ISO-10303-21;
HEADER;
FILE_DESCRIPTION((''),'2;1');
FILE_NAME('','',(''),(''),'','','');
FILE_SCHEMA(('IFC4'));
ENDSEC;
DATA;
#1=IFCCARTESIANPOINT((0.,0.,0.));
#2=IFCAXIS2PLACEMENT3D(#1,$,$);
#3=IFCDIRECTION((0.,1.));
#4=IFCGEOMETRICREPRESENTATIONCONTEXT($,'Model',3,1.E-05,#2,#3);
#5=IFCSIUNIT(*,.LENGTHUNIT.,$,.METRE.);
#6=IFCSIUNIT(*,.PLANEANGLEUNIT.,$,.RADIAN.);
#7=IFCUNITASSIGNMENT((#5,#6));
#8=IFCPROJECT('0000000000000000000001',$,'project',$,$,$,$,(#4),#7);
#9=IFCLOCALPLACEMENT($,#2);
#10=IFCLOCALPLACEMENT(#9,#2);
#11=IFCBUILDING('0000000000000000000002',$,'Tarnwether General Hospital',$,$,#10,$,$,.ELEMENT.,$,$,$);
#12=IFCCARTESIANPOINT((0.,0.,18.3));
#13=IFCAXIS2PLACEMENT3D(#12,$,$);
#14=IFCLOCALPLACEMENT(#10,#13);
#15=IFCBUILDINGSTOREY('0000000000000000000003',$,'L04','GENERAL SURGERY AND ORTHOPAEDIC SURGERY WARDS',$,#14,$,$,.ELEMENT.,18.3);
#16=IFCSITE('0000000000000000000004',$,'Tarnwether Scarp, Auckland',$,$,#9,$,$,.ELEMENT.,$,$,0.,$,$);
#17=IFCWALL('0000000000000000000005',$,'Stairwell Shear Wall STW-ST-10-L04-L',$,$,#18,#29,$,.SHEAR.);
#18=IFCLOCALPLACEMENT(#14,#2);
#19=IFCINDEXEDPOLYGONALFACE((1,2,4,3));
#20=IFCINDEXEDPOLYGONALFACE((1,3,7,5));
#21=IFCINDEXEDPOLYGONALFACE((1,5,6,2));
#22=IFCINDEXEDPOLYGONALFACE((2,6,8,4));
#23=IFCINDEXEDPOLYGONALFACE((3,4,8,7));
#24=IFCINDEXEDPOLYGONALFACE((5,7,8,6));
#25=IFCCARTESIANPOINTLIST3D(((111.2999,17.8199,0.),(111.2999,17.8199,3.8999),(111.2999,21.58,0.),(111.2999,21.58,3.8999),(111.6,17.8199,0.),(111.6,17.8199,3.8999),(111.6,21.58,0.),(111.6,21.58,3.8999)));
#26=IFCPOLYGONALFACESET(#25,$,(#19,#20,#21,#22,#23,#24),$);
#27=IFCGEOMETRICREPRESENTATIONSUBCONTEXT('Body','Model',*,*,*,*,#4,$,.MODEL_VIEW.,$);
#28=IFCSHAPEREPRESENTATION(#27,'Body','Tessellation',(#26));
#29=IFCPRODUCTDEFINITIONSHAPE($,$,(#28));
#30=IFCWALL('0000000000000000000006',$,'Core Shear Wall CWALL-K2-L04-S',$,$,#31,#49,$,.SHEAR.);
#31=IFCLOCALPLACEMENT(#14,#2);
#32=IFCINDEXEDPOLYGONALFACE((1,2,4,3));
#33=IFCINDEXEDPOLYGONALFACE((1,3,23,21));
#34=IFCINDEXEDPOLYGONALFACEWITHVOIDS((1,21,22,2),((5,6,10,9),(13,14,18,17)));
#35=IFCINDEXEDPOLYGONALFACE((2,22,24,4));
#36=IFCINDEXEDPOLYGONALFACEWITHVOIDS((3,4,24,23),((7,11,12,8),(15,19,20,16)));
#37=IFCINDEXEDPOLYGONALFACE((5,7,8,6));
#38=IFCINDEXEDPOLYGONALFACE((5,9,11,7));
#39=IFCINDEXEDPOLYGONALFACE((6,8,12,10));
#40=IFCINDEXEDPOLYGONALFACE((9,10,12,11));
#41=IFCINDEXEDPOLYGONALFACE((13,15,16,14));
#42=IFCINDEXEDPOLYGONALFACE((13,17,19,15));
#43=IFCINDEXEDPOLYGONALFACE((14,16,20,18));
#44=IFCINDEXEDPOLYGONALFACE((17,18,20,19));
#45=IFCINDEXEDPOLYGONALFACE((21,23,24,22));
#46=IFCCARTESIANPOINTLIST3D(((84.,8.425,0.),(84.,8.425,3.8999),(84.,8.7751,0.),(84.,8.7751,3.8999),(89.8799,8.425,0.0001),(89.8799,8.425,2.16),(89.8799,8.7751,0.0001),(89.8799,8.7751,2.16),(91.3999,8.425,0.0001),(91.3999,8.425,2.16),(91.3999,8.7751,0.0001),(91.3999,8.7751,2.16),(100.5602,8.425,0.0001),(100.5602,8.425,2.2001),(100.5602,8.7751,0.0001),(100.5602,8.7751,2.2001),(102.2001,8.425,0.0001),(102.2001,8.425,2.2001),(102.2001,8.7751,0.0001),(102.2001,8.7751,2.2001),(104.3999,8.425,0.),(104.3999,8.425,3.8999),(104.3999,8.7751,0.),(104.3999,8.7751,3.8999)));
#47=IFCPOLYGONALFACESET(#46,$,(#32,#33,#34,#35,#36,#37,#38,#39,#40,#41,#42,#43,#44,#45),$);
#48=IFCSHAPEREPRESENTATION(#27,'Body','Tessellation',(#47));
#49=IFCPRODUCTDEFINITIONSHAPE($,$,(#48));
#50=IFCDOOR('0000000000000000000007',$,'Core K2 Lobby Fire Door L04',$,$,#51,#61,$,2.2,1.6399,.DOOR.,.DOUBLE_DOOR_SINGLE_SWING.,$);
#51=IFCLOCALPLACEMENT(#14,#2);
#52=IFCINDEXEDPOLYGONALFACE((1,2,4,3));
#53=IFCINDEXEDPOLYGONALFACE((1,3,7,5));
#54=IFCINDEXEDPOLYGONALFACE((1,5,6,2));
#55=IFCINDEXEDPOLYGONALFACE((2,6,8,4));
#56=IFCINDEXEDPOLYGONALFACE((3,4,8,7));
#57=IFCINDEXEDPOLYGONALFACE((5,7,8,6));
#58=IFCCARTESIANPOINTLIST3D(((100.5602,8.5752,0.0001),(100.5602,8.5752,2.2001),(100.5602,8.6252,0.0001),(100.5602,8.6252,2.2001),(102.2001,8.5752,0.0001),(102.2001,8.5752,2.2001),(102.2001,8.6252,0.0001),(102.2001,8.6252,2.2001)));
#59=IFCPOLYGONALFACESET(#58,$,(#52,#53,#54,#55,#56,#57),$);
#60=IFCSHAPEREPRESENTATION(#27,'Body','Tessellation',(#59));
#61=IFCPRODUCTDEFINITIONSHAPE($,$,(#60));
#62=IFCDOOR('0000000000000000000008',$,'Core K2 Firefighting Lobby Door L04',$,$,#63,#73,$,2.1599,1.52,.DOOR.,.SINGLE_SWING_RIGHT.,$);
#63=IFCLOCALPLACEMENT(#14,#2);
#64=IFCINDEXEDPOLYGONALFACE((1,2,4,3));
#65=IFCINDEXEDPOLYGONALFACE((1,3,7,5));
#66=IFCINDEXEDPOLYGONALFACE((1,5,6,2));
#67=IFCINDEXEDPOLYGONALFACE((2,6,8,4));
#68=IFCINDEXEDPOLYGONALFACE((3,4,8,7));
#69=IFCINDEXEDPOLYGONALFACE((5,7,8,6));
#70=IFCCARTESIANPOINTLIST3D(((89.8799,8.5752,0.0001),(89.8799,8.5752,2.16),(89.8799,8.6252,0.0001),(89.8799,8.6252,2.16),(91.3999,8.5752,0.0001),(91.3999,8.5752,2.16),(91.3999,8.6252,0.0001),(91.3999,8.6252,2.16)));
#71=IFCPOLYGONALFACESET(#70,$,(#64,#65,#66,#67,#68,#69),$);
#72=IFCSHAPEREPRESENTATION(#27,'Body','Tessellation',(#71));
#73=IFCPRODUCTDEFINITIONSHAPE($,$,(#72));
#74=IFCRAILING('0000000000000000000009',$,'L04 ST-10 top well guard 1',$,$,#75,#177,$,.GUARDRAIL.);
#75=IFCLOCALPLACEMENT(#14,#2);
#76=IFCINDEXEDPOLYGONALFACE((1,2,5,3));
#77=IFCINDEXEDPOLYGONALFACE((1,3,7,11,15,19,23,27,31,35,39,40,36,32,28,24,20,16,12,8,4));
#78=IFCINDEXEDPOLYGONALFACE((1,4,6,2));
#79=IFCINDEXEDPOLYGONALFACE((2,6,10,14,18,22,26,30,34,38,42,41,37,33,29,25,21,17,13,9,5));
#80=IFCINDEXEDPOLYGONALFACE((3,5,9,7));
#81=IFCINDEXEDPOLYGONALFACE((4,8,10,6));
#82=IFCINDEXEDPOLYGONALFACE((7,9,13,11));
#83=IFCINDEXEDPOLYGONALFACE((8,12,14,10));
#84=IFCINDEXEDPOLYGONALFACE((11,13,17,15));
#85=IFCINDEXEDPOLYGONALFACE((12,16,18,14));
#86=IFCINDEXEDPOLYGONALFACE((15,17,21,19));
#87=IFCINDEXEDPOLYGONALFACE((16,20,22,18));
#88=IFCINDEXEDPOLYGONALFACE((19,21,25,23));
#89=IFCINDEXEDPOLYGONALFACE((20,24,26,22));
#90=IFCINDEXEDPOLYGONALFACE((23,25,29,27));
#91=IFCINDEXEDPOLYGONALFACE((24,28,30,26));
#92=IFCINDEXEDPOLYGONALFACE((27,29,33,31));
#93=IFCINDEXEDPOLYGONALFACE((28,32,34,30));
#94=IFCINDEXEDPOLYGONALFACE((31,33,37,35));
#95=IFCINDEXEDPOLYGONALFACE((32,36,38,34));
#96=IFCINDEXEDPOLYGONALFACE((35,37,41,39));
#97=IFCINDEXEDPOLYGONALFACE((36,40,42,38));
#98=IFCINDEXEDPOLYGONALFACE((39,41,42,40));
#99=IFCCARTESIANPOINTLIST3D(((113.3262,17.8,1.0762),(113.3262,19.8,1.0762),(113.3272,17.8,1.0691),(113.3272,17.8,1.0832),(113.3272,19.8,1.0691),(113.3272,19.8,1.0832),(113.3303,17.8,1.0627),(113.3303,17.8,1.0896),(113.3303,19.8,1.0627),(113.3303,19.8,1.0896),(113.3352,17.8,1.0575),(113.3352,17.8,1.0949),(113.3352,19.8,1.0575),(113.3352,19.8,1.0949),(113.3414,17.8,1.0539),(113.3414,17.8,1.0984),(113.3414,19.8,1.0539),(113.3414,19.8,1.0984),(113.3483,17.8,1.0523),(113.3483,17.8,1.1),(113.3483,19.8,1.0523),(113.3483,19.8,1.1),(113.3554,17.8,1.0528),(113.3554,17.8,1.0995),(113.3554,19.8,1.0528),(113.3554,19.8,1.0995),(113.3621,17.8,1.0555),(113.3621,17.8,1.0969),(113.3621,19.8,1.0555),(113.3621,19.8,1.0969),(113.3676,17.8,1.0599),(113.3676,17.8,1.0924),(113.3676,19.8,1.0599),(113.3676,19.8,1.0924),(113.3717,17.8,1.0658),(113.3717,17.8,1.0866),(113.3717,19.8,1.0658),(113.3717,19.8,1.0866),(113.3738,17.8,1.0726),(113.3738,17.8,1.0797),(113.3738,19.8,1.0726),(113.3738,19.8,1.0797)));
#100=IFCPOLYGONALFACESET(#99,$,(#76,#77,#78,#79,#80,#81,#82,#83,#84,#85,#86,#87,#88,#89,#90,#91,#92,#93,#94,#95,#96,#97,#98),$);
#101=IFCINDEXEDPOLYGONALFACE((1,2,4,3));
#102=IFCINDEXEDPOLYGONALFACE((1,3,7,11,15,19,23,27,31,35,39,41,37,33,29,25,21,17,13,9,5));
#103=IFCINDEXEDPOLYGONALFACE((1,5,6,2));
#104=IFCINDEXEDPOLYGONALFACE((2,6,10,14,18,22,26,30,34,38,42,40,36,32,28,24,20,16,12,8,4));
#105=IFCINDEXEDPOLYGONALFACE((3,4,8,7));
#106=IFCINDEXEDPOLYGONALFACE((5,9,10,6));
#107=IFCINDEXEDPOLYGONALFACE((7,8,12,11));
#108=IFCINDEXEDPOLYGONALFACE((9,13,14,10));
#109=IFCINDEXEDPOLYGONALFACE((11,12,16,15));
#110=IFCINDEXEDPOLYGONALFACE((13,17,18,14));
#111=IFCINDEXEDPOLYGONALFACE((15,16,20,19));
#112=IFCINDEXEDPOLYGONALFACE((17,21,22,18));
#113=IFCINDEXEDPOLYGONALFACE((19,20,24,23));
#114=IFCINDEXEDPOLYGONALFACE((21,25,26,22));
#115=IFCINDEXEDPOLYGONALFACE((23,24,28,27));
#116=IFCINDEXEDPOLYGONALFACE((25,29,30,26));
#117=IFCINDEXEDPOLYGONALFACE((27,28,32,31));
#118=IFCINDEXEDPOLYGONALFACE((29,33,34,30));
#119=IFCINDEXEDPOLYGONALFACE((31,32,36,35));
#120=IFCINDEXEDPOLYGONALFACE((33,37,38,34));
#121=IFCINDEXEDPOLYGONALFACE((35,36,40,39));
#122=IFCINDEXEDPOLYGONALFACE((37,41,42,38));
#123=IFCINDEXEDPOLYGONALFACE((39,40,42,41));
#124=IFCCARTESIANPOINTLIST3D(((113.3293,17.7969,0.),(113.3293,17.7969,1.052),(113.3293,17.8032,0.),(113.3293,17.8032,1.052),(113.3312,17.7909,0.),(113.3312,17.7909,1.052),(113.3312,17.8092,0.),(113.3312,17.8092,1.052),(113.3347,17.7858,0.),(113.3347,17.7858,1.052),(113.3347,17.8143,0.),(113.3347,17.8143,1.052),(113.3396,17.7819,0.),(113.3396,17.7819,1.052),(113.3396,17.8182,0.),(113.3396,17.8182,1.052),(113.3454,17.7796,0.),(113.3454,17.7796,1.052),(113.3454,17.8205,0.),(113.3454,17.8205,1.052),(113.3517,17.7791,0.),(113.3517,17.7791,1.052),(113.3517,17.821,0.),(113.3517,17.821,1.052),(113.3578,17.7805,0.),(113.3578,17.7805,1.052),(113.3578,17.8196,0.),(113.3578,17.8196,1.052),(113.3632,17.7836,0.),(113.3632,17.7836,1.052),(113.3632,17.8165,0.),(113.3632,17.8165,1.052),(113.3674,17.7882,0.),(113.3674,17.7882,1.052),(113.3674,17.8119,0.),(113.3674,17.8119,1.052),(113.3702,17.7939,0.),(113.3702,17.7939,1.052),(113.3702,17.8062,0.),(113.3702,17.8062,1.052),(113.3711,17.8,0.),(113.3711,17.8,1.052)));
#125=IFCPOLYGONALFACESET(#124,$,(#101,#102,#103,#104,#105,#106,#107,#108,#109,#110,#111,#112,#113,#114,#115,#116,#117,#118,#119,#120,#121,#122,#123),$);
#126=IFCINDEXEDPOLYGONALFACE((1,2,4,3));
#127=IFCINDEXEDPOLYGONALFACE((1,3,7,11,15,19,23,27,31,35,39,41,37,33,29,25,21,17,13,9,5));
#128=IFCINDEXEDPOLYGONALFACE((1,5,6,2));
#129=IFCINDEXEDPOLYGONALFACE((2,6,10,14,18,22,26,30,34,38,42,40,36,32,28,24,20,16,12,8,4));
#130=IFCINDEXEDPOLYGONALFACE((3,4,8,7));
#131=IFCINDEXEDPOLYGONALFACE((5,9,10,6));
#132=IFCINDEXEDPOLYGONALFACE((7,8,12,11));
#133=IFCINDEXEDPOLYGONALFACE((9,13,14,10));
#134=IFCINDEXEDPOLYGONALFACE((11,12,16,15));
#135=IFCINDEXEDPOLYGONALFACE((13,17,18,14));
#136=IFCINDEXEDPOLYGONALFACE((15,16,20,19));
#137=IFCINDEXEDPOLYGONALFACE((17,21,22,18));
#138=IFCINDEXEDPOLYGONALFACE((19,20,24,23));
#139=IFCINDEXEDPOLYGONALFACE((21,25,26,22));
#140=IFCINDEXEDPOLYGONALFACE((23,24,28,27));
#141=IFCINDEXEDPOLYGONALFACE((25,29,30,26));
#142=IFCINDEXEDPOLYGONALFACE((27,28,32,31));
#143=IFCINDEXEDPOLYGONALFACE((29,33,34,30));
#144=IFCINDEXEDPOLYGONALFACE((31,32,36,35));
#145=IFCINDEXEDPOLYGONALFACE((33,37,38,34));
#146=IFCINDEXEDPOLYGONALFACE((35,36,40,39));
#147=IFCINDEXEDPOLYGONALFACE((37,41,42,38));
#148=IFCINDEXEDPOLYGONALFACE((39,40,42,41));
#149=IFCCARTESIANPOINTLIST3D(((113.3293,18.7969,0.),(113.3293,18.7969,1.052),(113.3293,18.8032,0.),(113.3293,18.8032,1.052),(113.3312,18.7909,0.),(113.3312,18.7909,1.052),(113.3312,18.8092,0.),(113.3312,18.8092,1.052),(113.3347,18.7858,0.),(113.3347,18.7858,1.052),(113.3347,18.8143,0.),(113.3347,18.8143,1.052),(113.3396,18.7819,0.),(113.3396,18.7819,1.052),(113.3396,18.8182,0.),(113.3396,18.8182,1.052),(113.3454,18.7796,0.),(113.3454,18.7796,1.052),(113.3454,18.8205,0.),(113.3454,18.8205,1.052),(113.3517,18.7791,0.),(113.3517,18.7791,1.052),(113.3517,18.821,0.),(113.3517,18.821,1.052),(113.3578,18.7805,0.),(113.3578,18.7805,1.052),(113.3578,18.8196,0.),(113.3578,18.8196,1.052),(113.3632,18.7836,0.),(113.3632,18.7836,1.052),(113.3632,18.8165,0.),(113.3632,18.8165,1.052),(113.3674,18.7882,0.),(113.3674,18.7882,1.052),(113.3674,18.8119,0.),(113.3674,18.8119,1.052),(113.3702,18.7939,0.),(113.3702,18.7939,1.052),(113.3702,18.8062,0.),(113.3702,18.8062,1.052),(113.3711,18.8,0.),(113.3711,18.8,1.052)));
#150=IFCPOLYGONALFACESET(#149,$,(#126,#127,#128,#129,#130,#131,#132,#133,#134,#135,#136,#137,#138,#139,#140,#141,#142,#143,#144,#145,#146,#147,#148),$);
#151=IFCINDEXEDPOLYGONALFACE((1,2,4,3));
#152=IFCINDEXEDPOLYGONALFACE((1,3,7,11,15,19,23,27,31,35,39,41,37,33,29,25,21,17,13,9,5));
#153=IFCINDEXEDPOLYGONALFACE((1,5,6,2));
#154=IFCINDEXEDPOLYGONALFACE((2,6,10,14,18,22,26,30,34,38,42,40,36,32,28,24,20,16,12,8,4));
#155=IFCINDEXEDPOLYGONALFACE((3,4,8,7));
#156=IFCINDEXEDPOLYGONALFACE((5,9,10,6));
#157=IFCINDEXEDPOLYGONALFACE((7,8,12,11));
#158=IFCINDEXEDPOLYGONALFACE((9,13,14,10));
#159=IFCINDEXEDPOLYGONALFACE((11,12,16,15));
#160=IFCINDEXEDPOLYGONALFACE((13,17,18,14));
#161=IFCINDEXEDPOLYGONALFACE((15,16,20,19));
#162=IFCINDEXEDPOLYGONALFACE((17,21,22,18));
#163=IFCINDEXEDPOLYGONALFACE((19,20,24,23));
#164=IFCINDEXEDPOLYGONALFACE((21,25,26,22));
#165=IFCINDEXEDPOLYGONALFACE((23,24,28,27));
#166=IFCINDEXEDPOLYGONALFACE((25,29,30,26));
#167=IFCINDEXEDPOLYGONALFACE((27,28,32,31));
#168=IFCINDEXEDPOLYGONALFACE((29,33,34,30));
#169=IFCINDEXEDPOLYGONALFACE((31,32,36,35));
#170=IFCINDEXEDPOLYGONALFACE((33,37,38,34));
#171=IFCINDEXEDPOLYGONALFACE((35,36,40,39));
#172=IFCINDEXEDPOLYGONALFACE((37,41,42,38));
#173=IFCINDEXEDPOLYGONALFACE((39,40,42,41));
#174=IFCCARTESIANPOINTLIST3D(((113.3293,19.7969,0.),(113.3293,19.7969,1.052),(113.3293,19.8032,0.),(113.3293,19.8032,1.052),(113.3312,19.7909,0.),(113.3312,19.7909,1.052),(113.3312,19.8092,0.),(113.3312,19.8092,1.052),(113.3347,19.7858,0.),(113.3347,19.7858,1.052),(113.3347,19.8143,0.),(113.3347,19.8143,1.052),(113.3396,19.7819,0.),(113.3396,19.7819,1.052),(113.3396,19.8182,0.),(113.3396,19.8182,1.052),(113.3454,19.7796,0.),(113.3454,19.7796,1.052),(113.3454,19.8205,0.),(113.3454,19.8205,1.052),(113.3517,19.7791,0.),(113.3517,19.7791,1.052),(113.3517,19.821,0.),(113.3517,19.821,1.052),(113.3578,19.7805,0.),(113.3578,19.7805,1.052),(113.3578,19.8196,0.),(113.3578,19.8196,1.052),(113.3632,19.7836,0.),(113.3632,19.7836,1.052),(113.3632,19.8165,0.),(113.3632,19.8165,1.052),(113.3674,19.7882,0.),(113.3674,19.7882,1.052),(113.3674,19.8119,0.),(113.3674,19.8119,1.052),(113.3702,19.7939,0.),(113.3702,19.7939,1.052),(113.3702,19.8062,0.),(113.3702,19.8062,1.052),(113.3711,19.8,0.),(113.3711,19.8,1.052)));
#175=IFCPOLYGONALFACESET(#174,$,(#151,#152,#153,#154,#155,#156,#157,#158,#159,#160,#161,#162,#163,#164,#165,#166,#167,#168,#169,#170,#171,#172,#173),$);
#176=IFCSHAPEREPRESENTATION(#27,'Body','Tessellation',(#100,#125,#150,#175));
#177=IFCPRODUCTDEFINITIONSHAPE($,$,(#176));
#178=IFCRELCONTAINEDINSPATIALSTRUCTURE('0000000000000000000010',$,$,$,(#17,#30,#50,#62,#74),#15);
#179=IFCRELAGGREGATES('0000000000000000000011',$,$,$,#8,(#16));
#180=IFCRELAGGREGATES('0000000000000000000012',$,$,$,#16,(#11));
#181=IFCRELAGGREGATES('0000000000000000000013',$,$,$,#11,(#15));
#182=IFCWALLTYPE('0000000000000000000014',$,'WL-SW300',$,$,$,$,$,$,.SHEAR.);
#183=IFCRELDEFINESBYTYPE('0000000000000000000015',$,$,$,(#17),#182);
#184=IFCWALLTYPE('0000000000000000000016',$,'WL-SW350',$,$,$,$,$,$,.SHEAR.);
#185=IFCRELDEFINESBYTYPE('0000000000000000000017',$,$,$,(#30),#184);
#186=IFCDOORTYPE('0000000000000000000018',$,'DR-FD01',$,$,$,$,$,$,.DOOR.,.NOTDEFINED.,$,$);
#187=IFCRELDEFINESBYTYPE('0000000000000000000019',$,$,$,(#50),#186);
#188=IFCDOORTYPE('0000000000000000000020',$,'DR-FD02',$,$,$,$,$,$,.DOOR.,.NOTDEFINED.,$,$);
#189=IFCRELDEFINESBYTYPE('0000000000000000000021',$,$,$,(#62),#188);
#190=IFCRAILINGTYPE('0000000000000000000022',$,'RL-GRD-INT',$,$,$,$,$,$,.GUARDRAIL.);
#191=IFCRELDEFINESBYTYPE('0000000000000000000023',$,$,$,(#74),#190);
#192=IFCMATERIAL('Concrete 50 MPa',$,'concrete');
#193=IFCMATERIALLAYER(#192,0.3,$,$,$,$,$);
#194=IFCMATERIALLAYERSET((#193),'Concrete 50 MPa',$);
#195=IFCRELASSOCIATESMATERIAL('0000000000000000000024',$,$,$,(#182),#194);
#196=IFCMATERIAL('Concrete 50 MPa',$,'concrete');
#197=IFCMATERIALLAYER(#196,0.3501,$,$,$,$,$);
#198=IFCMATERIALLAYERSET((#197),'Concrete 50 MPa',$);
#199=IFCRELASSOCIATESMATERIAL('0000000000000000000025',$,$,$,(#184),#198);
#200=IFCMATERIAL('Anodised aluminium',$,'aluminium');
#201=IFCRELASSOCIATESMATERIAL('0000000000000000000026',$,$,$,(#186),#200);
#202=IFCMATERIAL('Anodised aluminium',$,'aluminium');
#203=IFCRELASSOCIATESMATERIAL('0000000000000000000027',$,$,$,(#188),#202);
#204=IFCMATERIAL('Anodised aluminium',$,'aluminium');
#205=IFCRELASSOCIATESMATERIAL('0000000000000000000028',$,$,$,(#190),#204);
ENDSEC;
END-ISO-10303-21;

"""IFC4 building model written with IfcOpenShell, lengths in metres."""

from ifc_helpers import new_model, si_unit, direction, frame, frame_2d, origin, origin_2d, place, context, subcontext, project, spatial, rectangle, circle, extrude, material, layer, layer_set, type_object, element, fill, save


model = new_model("IFC4")

# Units and contexts
model_context = context("Model", 3, precision=1e-05, world=origin(), true_north=direction((0.0, 1.0)))
body_context = subcontext(model_context, "Body", "Model", "MODEL_VIEW")
ifc_project = project(units=[si_unit("LENGTHUNIT", "METRE"), si_unit("PLANEANGLEUNIT", "RADIAN")], contexts=[model_context])

# Site, building, storey
site_placement = place(None, origin())
site = spatial("IfcSite", under=ifc_project, at=site_placement, Name="Tarnwether Scarp, Auckland", CompositionType="ELEMENT", RefElevation=0.0)
building_placement = place(site_placement, origin())
building = spatial("IfcBuilding", under=site, at=building_placement, Name="Tarnwether General Hospital", CompositionType="ELEMENT")
storey_placement = place(building_placement, frame((0.0, 0.0, 18.3)))
storey = spatial("IfcBuildingStorey", under=building, at=storey_placement, Name="L04", Description="GENERAL SURGERY AND ORTHOPAEDIC SURGERY WARDS", CompositionType="ELEMENT", Elevation=18.3)

# Shared definitions
ifc_material_1 = material(Name="Concrete 50 MPa", Category="concrete")
ifc_layer_1 = layer(ifc_material_1, 0.3)
ifc_layer_set_1 = layer_set([ifc_layer_1], Name="Concrete 50 MPa")
wall_type_1 = type_object("IfcWallType", Name="WL-SW300", PredefinedType="SHEAR", material=ifc_layer_set_1)

# Wall
wall_1_placement = place(storey_placement, frame((111.45, 17.8201, 0.0), z_axis=(0.0, 0.0, 1.0), x_axis=(0.0, 1.0, 0.0)))
element("IfcWall", 1, at=wall_1_placement, inside=storey, type_object=wall_type_1, Name="Stairwell Shear Wall STW-ST-10-L04-L", PredefinedType="SHEAR", context=body_context, shape_type="SweptSolid", body=[
    extrude(rectangle(XDim=3.76, YDim=0.3, at=frame_2d((1.8799, 0.0))), origin(), (0.0, 0.0, 1.0), 3.8999),
])

# Wall, openings, doors
ifc_material_2 = material(Name="Concrete 50 MPa", Category="concrete")
ifc_layer_2 = layer(ifc_material_2, 0.3501)
ifc_layer_set_2 = layer_set([ifc_layer_2], Name="Concrete 50 MPa")
wall_type_2 = type_object("IfcWallType", Name="WL-SW350", PredefinedType="SHEAR", material=ifc_layer_set_2)
wall_2_placement = place(storey_placement, frame((104.3999, 8.6001, 0.0), z_axis=(0.0, 0.0, 1.0), x_axis=(-1.0, 0.0, 0.0)))
wall_2 = element("IfcWall", 2, at=wall_2_placement, inside=storey, type_object=wall_type_2, Name="Core Shear Wall CWALL-K2-L04-S", PredefinedType="SHEAR", context=body_context, shape_type="SweptSolid", body=[
    extrude(rectangle(XDim=20.3999, YDim=0.3501, at=frame_2d((10.2, 0.0))), origin(), (0.0, 0.0, 1.0), 3.8999),
])
opening_1_placement = place(wall_2_placement, frame((2.2, 0.0, 0.0)))
opening_1 = element("IfcOpeningElement", 3, at=opening_1_placement, cuts=wall_2, PredefinedType="OPENING", context=body_context, shape_type="SweptSolid", body=[
    extrude(rectangle(XDim=1.6399, YDim=2.2, at=frame_2d((0.8198, 1.1001))), frame((0.0, 0.1851, 0.0), z_axis=(0.0, -1.0, 0.0), x_axis=(1.0, 0.0, 0.0)), (0.0, 0.0, 1.0), 0.3701),
])
opening_2_placement = place(wall_2_placement, frame((13.0, 0.0, 0.0)))
opening_2 = element("IfcOpeningElement", 4, at=opening_2_placement, cuts=wall_2, PredefinedType="OPENING", context=body_context, shape_type="SweptSolid", body=[
    extrude(rectangle(XDim=1.52, YDim=2.1599, at=frame_2d((0.76, 1.0801))), frame((0.0, 0.1851, 0.0), z_axis=(0.0, -1.0, 0.0), x_axis=(1.0, 0.0, 0.0)), (0.0, 0.0, 1.0), 0.3701),
])
ifc_material_3 = material(Name="Anodised aluminium", Category="aluminium")
door_type_1 = type_object("IfcDoorType", Name="DR-FD01", OperationType="NOTDEFINED", PredefinedType="DOOR", material=ifc_material_3)
door_1_placement = place(opening_1_placement, origin())
door_1 = element("IfcDoor", 5, at=door_1_placement, inside=storey, type_object=door_type_1, Name="Core K2 Lobby Fire Door L04", OperationType="DOUBLE_DOOR_SINGLE_SWING", OverallHeight=2.2, OverallWidth=1.6399, PredefinedType="DOOR", context=body_context, shape_type="SweptSolid", body=[
    extrude(rectangle(XDim=1.6399, YDim=2.2, at=frame_2d((0.8198, 1.1001))), frame((0.0, 0.0249, 0.0), z_axis=(0.0, -1.0, 0.0), x_axis=(1.0, 0.0, 0.0)), (0.0, 0.0, 1.0), 0.05),
])
fill(opening_1, door_1)
ifc_material_4 = material(Name="Anodised aluminium", Category="aluminium")
door_type_2 = type_object("IfcDoorType", Name="DR-FD02", OperationType="NOTDEFINED", PredefinedType="DOOR", material=ifc_material_4)
door_2_placement = place(opening_2_placement, origin())
door_2 = element("IfcDoor", 6, at=door_2_placement, inside=storey, type_object=door_type_2, Name="Core K2 Firefighting Lobby Door L04", OperationType="SINGLE_SWING_RIGHT", OverallHeight=2.1599, OverallWidth=1.52, PredefinedType="DOOR", context=body_context, shape_type="SweptSolid", body=[
    extrude(rectangle(XDim=1.52, YDim=2.1599, at=frame_2d((0.76, 1.0801))), frame((0.0, 0.0249, 0.0), z_axis=(0.0, -1.0, 0.0), x_axis=(1.0, 0.0, 0.0)), (0.0, 0.0, 1.0), 0.05),
])
fill(opening_2, door_2)

# Railing
ifc_material_5 = material(Name="Anodised aluminium", Category="aluminium")
railing_type = type_object("IfcRailingType", Name="RL-GRD-INT", PredefinedType="GUARDRAIL", material=ifc_material_5)
railing_placement = place(storey_placement, frame((113.3501, 17.8, 0.0)))
element("IfcRailing", 7, at=railing_placement, inside=storey, type_object=railing_type, Name="L04 ST-10 top well guard 1", PredefinedType="GUARDRAIL", context=body_context, shape_type="SweptSolid", body=[
    extrude(circle(Radius=0.0239, at=origin_2d()), frame((0.0, 0.0, 1.0762), z_axis=(0.0, 1.0, 0.0), x_axis=(-1.0, 0.0, 0.0)), (0.0, 0.0, 1.0), 2.0),
    extrude(circle(Radius=0.021, at=origin_2d()), origin(), (0.0, 0.0, 1.0), 1.052),
    extrude(circle(Radius=0.021, at=origin_2d()), frame((0.0, 1.0, 0.0)), (0.0, 0.0, 1.0), 1.052),
    extrude(circle(Radius=0.021, at=origin_2d()), frame((0.0, 2.0, 0.0)), (0.0, 0.0, 1.0), 1.052),
])

save(model, "model.ifc")
